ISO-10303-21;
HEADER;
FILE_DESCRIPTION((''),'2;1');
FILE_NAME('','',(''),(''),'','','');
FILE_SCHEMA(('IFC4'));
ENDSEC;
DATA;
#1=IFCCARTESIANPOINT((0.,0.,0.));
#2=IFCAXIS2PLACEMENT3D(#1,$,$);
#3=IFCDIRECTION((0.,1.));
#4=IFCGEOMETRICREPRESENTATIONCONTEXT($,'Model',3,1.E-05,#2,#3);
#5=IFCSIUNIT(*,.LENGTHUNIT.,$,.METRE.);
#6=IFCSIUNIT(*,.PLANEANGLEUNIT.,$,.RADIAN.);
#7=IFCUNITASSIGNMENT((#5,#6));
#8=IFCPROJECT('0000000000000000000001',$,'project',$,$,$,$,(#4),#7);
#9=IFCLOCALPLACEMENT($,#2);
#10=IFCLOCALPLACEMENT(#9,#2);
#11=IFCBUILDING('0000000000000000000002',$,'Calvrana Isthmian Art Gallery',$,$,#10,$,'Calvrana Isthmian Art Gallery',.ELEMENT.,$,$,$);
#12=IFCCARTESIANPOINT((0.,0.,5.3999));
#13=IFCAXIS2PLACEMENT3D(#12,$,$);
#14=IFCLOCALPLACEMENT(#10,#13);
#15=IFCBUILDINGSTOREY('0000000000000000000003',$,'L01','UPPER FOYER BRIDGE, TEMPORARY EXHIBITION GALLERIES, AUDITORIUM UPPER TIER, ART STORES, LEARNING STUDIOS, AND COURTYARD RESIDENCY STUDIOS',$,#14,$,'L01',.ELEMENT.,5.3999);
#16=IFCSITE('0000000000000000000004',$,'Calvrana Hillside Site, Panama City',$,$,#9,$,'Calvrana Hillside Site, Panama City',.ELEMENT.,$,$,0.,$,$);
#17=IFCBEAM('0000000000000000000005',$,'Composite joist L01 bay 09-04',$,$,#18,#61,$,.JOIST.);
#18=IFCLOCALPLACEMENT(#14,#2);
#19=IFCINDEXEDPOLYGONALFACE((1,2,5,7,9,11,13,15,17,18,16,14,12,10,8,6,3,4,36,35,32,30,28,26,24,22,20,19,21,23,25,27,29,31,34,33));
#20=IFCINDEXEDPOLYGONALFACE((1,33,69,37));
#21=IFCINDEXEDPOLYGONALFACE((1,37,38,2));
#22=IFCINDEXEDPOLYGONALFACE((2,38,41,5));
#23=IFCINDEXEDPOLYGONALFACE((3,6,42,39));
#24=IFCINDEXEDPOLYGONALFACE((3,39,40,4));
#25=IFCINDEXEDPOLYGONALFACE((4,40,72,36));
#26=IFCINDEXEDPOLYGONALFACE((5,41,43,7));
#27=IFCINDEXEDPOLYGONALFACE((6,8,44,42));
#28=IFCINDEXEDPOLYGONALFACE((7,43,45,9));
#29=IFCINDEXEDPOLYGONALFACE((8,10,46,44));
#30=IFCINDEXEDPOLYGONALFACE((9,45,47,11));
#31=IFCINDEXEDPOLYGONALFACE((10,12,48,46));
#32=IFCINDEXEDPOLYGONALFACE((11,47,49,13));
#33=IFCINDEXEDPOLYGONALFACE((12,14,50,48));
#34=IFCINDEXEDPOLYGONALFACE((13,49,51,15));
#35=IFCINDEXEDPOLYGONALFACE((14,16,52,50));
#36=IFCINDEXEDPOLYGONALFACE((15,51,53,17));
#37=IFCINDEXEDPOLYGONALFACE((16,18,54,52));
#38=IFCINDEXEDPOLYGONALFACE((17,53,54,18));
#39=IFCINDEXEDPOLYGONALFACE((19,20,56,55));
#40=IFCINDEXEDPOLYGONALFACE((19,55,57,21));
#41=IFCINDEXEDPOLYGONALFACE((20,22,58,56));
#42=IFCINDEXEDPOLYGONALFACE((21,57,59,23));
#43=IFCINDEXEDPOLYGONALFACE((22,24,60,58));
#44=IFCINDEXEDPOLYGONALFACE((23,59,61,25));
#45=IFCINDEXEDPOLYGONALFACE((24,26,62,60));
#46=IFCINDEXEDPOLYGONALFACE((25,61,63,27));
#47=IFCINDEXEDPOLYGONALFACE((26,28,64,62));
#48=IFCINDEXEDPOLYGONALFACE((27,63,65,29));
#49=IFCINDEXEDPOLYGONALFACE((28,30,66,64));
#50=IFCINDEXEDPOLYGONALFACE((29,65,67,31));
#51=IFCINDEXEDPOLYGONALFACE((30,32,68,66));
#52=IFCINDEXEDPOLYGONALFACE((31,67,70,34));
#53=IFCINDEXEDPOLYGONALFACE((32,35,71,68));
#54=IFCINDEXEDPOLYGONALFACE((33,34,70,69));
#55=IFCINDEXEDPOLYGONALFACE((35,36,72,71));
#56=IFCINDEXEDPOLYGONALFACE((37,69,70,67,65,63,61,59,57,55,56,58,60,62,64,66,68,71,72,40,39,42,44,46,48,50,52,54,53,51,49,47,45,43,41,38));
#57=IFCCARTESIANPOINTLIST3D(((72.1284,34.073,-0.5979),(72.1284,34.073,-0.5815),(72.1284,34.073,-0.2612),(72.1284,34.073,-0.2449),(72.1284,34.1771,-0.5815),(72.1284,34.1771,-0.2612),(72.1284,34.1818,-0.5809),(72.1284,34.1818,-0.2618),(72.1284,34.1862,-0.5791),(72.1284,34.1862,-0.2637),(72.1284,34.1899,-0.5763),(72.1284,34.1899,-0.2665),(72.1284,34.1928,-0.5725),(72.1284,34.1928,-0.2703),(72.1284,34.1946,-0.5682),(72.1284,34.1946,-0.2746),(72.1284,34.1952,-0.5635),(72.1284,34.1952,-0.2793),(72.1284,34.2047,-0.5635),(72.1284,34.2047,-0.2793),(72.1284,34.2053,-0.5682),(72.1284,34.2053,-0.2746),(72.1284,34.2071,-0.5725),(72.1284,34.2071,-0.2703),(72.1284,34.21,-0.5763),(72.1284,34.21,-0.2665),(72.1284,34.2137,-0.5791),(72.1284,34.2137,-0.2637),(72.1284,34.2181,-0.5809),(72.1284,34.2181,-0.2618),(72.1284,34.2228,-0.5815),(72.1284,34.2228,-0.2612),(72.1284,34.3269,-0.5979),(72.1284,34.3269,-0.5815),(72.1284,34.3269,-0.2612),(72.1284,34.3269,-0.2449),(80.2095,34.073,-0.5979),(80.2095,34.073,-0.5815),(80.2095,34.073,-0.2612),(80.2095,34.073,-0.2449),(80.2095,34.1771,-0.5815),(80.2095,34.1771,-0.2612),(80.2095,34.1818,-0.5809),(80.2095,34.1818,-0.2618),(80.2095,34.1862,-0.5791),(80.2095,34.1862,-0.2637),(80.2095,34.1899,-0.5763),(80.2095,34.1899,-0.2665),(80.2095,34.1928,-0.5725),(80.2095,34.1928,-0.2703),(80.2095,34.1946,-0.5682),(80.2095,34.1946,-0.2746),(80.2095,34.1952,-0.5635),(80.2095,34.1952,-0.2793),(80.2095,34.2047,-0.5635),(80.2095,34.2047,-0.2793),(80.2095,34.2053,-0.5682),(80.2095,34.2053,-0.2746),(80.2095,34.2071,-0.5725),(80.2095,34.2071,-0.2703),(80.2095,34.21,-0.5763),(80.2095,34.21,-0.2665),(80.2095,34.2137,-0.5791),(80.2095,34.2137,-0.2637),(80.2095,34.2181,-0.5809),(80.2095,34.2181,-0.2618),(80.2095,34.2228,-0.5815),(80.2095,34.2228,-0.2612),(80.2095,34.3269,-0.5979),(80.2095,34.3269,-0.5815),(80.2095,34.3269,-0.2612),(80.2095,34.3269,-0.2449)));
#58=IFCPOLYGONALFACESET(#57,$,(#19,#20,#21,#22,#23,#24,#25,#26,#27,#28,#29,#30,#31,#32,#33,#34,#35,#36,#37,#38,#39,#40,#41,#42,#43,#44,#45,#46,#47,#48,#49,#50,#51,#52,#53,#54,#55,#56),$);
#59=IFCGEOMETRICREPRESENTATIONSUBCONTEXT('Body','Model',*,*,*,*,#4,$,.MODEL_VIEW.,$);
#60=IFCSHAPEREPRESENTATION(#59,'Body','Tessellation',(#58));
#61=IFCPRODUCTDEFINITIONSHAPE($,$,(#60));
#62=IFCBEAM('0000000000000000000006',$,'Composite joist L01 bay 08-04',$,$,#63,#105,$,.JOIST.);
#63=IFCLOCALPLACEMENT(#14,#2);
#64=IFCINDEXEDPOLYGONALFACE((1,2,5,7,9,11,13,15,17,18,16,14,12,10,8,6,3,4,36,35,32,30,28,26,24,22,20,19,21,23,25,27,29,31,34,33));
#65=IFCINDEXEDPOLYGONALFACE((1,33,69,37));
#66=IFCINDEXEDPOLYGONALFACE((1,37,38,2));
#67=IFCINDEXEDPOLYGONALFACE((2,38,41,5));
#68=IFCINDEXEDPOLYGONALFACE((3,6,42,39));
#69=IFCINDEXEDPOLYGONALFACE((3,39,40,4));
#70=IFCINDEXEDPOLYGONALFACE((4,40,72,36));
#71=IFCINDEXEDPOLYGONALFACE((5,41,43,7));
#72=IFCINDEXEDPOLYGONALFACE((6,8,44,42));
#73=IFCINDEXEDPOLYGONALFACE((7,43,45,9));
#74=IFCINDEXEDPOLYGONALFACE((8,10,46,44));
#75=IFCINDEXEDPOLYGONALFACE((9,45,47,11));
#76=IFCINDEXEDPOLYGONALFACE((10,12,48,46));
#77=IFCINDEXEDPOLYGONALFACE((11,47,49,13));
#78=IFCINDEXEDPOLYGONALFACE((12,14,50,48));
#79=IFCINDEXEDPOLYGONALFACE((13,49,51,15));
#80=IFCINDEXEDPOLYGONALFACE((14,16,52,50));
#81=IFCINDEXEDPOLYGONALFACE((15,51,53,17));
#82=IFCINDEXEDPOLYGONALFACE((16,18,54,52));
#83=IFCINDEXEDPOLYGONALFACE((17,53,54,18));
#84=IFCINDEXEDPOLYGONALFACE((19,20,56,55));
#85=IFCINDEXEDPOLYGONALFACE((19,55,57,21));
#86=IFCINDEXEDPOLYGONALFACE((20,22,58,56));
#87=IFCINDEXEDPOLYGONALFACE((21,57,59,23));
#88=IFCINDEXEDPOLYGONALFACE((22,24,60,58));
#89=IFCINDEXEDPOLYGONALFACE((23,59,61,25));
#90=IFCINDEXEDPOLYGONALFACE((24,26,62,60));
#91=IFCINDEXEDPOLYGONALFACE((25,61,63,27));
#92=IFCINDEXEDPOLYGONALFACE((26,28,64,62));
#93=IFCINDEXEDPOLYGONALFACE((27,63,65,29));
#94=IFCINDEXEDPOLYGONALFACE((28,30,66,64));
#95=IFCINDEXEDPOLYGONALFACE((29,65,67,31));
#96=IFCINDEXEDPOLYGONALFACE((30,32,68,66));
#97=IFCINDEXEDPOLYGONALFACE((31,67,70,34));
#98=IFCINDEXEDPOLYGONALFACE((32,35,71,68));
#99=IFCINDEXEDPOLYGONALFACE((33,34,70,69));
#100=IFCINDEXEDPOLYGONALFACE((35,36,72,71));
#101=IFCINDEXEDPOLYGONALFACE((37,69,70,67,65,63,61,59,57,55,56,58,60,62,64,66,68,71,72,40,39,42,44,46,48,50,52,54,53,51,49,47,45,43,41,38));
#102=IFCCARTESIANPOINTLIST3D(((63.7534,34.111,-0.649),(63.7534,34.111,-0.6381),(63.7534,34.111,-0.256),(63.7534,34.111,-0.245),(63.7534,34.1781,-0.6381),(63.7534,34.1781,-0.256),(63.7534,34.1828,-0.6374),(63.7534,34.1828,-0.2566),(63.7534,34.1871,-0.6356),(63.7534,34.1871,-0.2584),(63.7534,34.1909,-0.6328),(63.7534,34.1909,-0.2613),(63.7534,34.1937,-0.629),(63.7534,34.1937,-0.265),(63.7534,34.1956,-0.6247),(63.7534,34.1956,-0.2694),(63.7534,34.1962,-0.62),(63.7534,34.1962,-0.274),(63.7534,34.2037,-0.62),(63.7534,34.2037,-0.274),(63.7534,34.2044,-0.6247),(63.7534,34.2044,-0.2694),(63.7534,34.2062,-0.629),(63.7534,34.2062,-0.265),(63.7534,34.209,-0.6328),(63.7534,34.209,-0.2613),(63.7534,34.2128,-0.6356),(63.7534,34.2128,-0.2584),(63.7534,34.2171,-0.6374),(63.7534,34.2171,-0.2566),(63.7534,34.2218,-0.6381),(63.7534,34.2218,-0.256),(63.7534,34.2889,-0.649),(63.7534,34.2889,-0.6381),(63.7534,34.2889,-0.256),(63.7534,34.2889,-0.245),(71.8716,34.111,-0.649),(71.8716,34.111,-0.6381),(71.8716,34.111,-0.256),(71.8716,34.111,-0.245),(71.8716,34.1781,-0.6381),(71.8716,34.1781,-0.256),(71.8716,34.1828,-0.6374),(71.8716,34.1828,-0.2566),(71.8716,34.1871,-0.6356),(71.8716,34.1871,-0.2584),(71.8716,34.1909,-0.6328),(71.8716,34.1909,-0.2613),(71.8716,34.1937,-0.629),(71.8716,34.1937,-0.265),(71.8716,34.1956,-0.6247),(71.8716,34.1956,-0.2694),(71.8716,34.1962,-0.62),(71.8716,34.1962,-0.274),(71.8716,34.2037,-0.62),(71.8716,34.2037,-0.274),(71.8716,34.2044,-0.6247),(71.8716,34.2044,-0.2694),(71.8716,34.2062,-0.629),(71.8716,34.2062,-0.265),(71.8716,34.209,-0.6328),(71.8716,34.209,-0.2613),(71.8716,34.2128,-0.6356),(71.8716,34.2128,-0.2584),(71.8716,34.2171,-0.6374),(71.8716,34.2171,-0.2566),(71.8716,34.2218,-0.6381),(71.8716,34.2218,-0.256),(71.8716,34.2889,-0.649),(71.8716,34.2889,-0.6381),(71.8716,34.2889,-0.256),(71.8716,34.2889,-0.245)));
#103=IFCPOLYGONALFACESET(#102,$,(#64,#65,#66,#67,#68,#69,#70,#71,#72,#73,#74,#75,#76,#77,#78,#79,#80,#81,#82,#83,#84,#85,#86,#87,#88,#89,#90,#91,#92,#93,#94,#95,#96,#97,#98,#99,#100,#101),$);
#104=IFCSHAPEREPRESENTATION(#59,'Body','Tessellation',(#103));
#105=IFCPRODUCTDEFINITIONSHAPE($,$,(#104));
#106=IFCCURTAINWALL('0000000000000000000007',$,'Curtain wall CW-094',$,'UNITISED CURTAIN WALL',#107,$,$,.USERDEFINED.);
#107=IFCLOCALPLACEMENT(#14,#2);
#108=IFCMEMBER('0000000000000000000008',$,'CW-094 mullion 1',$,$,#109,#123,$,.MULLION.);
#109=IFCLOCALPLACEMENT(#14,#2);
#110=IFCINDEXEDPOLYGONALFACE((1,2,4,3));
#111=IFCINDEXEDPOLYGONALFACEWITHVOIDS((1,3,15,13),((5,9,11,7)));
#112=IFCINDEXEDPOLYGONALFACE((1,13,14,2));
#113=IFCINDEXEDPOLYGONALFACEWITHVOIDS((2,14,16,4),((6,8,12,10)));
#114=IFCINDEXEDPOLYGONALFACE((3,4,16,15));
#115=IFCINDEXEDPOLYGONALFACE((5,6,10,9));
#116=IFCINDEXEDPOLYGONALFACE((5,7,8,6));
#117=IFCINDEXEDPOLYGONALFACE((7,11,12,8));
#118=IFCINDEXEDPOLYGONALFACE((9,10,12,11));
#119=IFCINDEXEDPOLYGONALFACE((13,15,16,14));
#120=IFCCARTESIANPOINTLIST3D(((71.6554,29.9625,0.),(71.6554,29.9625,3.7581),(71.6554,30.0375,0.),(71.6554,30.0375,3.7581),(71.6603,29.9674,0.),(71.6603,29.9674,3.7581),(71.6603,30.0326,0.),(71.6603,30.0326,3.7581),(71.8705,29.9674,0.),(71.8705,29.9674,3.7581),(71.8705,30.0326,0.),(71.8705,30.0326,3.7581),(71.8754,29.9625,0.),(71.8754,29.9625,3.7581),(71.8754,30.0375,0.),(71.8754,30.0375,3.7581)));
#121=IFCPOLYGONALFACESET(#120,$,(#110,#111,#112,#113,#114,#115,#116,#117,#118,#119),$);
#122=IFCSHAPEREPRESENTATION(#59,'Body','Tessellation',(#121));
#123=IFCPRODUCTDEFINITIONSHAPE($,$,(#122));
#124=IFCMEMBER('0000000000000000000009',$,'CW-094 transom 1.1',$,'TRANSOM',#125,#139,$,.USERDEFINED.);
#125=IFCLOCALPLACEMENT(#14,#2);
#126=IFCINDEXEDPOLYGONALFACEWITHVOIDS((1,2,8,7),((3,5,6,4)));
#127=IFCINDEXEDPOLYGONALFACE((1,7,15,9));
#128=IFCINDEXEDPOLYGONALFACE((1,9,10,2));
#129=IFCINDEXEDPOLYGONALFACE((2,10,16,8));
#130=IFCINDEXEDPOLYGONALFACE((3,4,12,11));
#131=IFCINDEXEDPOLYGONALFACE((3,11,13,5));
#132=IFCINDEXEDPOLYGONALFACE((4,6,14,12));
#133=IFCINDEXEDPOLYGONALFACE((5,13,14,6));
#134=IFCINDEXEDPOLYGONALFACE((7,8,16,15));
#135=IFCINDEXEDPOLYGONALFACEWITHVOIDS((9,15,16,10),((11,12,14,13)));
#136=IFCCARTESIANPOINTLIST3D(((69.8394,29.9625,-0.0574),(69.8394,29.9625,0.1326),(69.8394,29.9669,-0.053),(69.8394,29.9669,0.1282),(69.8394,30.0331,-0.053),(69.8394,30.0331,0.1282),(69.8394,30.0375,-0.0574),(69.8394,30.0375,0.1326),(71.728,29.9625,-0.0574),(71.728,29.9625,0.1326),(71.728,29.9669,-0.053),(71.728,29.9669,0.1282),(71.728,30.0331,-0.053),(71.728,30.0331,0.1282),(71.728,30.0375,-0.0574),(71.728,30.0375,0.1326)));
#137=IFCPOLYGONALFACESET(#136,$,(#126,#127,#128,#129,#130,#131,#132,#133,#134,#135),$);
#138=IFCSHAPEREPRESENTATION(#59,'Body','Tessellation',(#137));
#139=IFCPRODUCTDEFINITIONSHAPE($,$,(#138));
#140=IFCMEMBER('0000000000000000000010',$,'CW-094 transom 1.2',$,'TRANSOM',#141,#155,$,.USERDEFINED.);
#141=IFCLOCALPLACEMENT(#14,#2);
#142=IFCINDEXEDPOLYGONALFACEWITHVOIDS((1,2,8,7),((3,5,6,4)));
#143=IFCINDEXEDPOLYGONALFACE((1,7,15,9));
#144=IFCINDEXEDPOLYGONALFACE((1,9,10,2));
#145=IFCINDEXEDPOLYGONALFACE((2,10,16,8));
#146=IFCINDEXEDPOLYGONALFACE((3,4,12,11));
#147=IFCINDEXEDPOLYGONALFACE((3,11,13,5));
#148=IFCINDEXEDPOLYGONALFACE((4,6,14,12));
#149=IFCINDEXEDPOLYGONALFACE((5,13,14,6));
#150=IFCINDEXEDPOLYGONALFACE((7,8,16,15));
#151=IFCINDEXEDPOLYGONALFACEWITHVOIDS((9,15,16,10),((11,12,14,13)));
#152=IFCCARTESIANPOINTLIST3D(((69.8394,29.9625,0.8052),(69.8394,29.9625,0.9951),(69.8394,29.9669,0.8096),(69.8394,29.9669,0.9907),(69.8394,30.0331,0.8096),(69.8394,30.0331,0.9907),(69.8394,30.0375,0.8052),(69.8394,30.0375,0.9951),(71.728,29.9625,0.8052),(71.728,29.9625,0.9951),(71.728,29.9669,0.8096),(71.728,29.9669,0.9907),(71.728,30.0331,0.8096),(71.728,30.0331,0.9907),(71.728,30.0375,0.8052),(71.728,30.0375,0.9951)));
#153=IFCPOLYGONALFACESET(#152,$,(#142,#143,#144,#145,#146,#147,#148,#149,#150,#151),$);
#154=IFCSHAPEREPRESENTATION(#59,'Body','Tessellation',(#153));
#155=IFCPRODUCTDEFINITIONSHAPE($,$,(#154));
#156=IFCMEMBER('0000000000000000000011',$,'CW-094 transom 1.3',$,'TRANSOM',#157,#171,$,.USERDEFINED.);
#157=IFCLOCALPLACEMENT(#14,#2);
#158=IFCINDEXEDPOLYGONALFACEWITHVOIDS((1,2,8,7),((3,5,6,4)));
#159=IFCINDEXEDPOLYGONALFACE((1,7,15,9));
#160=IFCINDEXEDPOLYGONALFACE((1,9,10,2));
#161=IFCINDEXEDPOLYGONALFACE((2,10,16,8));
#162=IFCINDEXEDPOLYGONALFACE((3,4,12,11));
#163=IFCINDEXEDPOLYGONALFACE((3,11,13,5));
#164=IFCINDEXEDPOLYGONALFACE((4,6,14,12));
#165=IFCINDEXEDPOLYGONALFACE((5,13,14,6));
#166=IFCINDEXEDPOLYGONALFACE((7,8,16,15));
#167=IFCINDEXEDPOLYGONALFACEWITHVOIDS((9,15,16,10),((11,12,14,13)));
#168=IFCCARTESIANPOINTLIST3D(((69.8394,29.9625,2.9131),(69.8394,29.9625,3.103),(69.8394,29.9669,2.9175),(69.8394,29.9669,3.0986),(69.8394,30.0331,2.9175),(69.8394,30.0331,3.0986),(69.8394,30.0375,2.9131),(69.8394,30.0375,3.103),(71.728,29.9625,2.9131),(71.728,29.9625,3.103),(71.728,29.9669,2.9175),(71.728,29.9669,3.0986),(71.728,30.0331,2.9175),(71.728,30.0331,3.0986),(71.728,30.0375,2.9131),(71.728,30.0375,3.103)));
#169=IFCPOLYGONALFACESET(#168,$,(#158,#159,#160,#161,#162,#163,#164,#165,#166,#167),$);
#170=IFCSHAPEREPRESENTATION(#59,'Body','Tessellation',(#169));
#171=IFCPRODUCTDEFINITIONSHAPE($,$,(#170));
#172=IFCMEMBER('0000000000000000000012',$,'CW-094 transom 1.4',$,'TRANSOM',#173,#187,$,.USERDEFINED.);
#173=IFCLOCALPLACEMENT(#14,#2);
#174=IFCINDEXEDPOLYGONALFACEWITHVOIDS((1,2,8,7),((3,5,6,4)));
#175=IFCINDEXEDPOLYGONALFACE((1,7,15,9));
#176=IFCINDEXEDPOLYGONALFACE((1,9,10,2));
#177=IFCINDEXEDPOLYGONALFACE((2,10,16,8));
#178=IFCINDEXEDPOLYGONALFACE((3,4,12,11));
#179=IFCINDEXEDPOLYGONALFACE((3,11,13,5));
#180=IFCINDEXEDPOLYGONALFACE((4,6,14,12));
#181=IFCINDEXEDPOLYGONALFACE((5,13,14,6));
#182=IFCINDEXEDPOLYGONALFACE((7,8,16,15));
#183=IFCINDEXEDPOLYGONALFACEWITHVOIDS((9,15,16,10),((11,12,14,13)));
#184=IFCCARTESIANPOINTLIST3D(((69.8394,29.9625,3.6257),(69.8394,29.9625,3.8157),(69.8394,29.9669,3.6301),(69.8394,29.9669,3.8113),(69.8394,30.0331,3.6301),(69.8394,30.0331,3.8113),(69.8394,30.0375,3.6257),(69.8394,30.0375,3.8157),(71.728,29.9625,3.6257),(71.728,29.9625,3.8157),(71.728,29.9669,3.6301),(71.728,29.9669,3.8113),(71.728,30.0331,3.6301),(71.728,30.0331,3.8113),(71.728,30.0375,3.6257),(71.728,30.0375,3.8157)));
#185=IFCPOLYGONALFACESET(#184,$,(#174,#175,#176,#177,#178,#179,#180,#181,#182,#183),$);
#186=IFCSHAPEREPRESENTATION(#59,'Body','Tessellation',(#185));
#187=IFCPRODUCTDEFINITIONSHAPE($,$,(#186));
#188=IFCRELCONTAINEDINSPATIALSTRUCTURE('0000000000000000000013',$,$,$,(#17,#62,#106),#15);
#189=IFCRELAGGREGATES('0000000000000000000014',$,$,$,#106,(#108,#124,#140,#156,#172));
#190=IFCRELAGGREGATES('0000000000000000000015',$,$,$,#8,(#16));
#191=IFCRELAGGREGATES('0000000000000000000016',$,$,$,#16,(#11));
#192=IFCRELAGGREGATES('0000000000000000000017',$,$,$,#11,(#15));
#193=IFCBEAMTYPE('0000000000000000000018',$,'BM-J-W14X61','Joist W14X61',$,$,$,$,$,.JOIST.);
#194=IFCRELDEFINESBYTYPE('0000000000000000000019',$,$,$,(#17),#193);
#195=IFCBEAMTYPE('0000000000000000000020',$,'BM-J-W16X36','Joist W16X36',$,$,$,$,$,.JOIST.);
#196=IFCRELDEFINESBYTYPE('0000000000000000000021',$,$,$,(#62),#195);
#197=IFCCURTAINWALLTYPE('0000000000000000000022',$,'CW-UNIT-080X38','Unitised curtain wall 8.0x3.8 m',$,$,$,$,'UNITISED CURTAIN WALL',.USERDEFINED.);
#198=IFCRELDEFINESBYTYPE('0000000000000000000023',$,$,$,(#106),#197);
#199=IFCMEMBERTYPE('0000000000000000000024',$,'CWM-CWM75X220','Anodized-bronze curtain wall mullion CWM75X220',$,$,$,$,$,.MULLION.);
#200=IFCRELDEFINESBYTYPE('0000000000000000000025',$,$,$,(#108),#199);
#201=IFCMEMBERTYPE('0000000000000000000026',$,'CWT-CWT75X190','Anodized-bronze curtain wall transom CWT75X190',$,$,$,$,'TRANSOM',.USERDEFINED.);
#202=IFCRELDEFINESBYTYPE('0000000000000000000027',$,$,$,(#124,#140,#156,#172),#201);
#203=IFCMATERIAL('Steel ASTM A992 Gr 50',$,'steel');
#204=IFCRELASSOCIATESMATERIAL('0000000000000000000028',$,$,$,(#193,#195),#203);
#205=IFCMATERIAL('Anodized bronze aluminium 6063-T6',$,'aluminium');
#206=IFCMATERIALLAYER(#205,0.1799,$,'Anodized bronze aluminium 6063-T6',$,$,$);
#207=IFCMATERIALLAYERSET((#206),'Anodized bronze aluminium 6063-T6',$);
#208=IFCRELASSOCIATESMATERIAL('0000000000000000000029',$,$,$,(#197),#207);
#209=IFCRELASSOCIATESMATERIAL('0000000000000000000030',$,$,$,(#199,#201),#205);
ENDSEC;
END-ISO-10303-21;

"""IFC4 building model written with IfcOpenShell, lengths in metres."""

from ifc_helpers import new_model, si_unit, direction, frame, origin, origin_2d, place, context, subcontext, project, spatial, hollow_rectangle, i_section, extrude, material, layer, layer_set, material_profile, profile_set, type_object, element, aggregate, save


model = new_model("IFC4")

# Units and contexts
model_context = context("Model", 3, precision=1e-05, world=origin(), true_north=direction((0.0, 1.0)))
body_context = subcontext(model_context, "Body", "Model", "MODEL_VIEW")
ifc_project = project(units=[si_unit("LENGTHUNIT", "METRE"), si_unit("PLANEANGLEUNIT", "RADIAN")], contexts=[model_context])

# Site, building, storey
site_placement = place(None, origin())
site = spatial("IfcSite", under=ifc_project, at=site_placement, Name="Calvrana Hillside Site, Panama City", LongName="Calvrana Hillside Site, Panama City", CompositionType="ELEMENT", RefElevation=0.0)
building_placement = place(site_placement, origin())
building = spatial("IfcBuilding", under=site, at=building_placement, Name="Calvrana Isthmian Art Gallery", LongName="Calvrana Isthmian Art Gallery", CompositionType="ELEMENT")
storey_placement = place(building_placement, frame((0.0, 0.0, 5.3999)))
storey = spatial("IfcBuildingStorey", under=building, at=storey_placement, Name="L01", Description="UPPER FOYER BRIDGE, TEMPORARY EXHIBITION GALLERIES, AUDITORIUM UPPER TIER, ART STORES, LEARNING STUDIOS, AND COURTYARD RESIDENCY STUDIOS", LongName="L01", CompositionType="ELEMENT", Elevation=5.3999)

# Shared definitions
ifc_material_1 = material(Name="Steel ASTM A992 Gr 50", Category="steel")

# Beams
ifc_material_profile_1 = material_profile(ifc_material_1, i_section(OverallWidth=0.2539, OverallDepth=0.353, WebThickness=0.0095, FlangeThickness=0.0164, FilletRadius=0.0181, at=origin_2d()), Name="W14X61")
ifc_profile_set_1 = profile_set([ifc_material_profile_1], Name="Steel ASTM A992 Gr 50")
beam_type_1 = type_object("IfcBeamType", Name="BM-J-W14X61", Description="Joist W14X61", PredefinedType="JOIST", material=ifc_profile_set_1)
beam_1_placement = place(storey_placement, frame((72.1284, 34.2, -0.4214), z_axis=(1.0, 0.0, 0.0), x_axis=(0.0, 1.0, 0.0)))
element("IfcBeam", 1, at=beam_1_placement, inside=storey, type_object=beam_type_1, Name="Composite joist L01 bay 09-04", PredefinedType="JOIST", context=body_context, shape_type="SweptSolid", body=[
    extrude(i_section(OverallWidth=0.2539, OverallDepth=0.353, WebThickness=0.0095, FlangeThickness=0.0164, FilletRadius=0.0181, at=origin_2d()), origin(), (0.0, 0.0, 1.0), 8.0811),
])
ifc_material_profile_2 = material_profile(ifc_material_1, i_section(OverallWidth=0.178, OverallDepth=0.4041, WebThickness=0.0076, FlangeThickness=0.011, FilletRadius=0.0181, at=origin_2d()), Name="W16X36")
ifc_profile_set_2 = profile_set([ifc_material_profile_2], Name="Steel ASTM A992 Gr 50")
beam_type_2 = type_object("IfcBeamType", Name="BM-J-W16X36", Description="Joist W16X36", PredefinedType="JOIST", material=ifc_profile_set_2)
beam_2_placement = place(storey_placement, frame((63.7534, 34.2, -0.447), z_axis=(1.0, 0.0, 0.0), x_axis=(0.0, 1.0, 0.0)))
element("IfcBeam", 2, at=beam_2_placement, inside=storey, type_object=beam_type_2, Name="Composite joist L01 bay 08-04", PredefinedType="JOIST", context=body_context, shape_type="SweptSolid", body=[
    extrude(i_section(OverallWidth=0.178, OverallDepth=0.4041, WebThickness=0.0076, FlangeThickness=0.011, FilletRadius=0.0181, at=origin_2d()), origin(), (0.0, 0.0, 1.0), 8.1182),
])

# Curtain wall, members
ifc_material_2 = material(Name="Anodized bronze aluminium 6063-T6", Category="aluminium")
ifc_layer_1 = layer(ifc_material_2, 0.1799, Name="Anodized bronze aluminium 6063-T6")
ifc_layer_set_1 = layer_set([ifc_layer_1], Name="Anodized bronze aluminium 6063-T6")
curtain_wall_type = type_object("IfcCurtainWallType", Name="CW-UNIT-080X38", Description="Unitised curtain wall 8.0x3.8 m", ElementType="UNITISED CURTAIN WALL", PredefinedType="USERDEFINED", material=ifc_layer_set_1)
curtain_wall_placement = place(storey_placement, origin())
curtain_wall = element("IfcCurtainWall", 3, at=curtain_wall_placement, inside=storey, type_object=curtain_wall_type, Name="Curtain wall CW-094", ObjectType="UNITISED CURTAIN WALL", PredefinedType="USERDEFINED")
ifc_material_profile_3 = material_profile(ifc_material_2, hollow_rectangle(XDim=0.075, YDim=0.22, WallThickness=0.0049, at=origin_2d()), Name="CWM75X220")
ifc_profile_set_3 = profile_set([ifc_material_profile_3], Name="Anodized bronze aluminium 6063-T6")
member_type_1 = type_object("IfcMemberType", Name="CWM-CWM75X220", Description="Anodized-bronze curtain wall mullion CWM75X220", PredefinedType="MULLION", material=ifc_profile_set_3)
member_1_placement = place(storey_placement, frame((71.7654, 30.0, 0.0), z_axis=(0.0, 0.0, 1.0), x_axis=(0.0, -1.0, 0.0)))
member_1 = element("IfcMember", 4, at=member_1_placement, type_object=member_type_1, Name="CW-094 mullion 1", PredefinedType="MULLION", context=body_context, shape_type="SweptSolid", body=[
    extrude(hollow_rectangle(XDim=0.075, YDim=0.22, WallThickness=0.0049, at=origin_2d()), origin(), (0.0, 0.0, 1.0), 3.7581),
])
ifc_material_profile_4 = material_profile(ifc_material_2, hollow_rectangle(XDim=0.075, YDim=0.1899, WallThickness=0.0044, at=origin_2d()), Name="CWT75X190")
ifc_profile_set_4 = profile_set([ifc_material_profile_4], Name="Anodized bronze aluminium 6063-T6")
member_type_2 = type_object("IfcMemberType", Name="CWT-CWT75X190", Description="Anodized-bronze curtain wall transom CWT75X190", ElementType="TRANSOM", PredefinedType="USERDEFINED", material=ifc_profile_set_4)
member_2_placement = place(storey_placement, frame((71.728, 30.0, 0.0376), z_axis=(-1.0, 0.0, 0.0), x_axis=(0.0, -1.0, 0.0)))
member_2 = element("IfcMember", 5, at=member_2_placement, type_object=member_type_2, Name="CW-094 transom 1.1", ObjectType="TRANSOM", PredefinedType="USERDEFINED", context=body_context, shape_type="SweptSolid", body=[
    extrude(hollow_rectangle(XDim=0.075, YDim=0.1899, WallThickness=0.0044, at=origin_2d()), origin(), (0.0, 0.0, 1.0), 1.8887),
])
member_3_placement = place(storey_placement, frame((71.728, 30.0, 0.9001), z_axis=(-1.0, 0.0, 0.0), x_axis=(0.0, -1.0, 0.0)))
member_3 = element("IfcMember", 6, at=member_3_placement, type_object=member_type_2, Name="CW-094 transom 1.2", ObjectType="TRANSOM", PredefinedType="USERDEFINED", context=body_context, shape_type="SweptSolid", body=[
    extrude(hollow_rectangle(XDim=0.075, YDim=0.1899, WallThickness=0.0044, at=origin_2d()), origin(), (0.0, 0.0, 1.0), 1.8887),
])
member_4_placement = place(storey_placement, frame((71.728, 30.0, 3.0081), z_axis=(-1.0, 0.0, 0.0), x_axis=(0.0, -1.0, 0.0)))
member_4 = element("IfcMember", 7, at=member_4_placement, type_object=member_type_2, Name="CW-094 transom 1.3", ObjectType="TRANSOM", PredefinedType="USERDEFINED", context=body_context, shape_type="SweptSolid", body=[
    extrude(hollow_rectangle(XDim=0.075, YDim=0.1899, WallThickness=0.0044, at=origin_2d()), origin(), (0.0, 0.0, 1.0), 1.8887),
])
member_5_placement = place(storey_placement, frame((71.728, 30.0, 3.7207), z_axis=(-1.0, 0.0, 0.0), x_axis=(0.0, -1.0, 0.0)))
member_5 = element("IfcMember", 8, at=member_5_placement, type_object=member_type_2, Name="CW-094 transom 1.4", ObjectType="TRANSOM", PredefinedType="USERDEFINED", context=body_context, shape_type="SweptSolid", body=[
    extrude(hollow_rectangle(XDim=0.075, YDim=0.1899, WallThickness=0.0044, at=origin_2d()), origin(), (0.0, 0.0, 1.0), 1.8887),
])
aggregate(curtain_wall, [member_1, member_2, member_3, member_4, member_5])

save(model, "model.ifc")
